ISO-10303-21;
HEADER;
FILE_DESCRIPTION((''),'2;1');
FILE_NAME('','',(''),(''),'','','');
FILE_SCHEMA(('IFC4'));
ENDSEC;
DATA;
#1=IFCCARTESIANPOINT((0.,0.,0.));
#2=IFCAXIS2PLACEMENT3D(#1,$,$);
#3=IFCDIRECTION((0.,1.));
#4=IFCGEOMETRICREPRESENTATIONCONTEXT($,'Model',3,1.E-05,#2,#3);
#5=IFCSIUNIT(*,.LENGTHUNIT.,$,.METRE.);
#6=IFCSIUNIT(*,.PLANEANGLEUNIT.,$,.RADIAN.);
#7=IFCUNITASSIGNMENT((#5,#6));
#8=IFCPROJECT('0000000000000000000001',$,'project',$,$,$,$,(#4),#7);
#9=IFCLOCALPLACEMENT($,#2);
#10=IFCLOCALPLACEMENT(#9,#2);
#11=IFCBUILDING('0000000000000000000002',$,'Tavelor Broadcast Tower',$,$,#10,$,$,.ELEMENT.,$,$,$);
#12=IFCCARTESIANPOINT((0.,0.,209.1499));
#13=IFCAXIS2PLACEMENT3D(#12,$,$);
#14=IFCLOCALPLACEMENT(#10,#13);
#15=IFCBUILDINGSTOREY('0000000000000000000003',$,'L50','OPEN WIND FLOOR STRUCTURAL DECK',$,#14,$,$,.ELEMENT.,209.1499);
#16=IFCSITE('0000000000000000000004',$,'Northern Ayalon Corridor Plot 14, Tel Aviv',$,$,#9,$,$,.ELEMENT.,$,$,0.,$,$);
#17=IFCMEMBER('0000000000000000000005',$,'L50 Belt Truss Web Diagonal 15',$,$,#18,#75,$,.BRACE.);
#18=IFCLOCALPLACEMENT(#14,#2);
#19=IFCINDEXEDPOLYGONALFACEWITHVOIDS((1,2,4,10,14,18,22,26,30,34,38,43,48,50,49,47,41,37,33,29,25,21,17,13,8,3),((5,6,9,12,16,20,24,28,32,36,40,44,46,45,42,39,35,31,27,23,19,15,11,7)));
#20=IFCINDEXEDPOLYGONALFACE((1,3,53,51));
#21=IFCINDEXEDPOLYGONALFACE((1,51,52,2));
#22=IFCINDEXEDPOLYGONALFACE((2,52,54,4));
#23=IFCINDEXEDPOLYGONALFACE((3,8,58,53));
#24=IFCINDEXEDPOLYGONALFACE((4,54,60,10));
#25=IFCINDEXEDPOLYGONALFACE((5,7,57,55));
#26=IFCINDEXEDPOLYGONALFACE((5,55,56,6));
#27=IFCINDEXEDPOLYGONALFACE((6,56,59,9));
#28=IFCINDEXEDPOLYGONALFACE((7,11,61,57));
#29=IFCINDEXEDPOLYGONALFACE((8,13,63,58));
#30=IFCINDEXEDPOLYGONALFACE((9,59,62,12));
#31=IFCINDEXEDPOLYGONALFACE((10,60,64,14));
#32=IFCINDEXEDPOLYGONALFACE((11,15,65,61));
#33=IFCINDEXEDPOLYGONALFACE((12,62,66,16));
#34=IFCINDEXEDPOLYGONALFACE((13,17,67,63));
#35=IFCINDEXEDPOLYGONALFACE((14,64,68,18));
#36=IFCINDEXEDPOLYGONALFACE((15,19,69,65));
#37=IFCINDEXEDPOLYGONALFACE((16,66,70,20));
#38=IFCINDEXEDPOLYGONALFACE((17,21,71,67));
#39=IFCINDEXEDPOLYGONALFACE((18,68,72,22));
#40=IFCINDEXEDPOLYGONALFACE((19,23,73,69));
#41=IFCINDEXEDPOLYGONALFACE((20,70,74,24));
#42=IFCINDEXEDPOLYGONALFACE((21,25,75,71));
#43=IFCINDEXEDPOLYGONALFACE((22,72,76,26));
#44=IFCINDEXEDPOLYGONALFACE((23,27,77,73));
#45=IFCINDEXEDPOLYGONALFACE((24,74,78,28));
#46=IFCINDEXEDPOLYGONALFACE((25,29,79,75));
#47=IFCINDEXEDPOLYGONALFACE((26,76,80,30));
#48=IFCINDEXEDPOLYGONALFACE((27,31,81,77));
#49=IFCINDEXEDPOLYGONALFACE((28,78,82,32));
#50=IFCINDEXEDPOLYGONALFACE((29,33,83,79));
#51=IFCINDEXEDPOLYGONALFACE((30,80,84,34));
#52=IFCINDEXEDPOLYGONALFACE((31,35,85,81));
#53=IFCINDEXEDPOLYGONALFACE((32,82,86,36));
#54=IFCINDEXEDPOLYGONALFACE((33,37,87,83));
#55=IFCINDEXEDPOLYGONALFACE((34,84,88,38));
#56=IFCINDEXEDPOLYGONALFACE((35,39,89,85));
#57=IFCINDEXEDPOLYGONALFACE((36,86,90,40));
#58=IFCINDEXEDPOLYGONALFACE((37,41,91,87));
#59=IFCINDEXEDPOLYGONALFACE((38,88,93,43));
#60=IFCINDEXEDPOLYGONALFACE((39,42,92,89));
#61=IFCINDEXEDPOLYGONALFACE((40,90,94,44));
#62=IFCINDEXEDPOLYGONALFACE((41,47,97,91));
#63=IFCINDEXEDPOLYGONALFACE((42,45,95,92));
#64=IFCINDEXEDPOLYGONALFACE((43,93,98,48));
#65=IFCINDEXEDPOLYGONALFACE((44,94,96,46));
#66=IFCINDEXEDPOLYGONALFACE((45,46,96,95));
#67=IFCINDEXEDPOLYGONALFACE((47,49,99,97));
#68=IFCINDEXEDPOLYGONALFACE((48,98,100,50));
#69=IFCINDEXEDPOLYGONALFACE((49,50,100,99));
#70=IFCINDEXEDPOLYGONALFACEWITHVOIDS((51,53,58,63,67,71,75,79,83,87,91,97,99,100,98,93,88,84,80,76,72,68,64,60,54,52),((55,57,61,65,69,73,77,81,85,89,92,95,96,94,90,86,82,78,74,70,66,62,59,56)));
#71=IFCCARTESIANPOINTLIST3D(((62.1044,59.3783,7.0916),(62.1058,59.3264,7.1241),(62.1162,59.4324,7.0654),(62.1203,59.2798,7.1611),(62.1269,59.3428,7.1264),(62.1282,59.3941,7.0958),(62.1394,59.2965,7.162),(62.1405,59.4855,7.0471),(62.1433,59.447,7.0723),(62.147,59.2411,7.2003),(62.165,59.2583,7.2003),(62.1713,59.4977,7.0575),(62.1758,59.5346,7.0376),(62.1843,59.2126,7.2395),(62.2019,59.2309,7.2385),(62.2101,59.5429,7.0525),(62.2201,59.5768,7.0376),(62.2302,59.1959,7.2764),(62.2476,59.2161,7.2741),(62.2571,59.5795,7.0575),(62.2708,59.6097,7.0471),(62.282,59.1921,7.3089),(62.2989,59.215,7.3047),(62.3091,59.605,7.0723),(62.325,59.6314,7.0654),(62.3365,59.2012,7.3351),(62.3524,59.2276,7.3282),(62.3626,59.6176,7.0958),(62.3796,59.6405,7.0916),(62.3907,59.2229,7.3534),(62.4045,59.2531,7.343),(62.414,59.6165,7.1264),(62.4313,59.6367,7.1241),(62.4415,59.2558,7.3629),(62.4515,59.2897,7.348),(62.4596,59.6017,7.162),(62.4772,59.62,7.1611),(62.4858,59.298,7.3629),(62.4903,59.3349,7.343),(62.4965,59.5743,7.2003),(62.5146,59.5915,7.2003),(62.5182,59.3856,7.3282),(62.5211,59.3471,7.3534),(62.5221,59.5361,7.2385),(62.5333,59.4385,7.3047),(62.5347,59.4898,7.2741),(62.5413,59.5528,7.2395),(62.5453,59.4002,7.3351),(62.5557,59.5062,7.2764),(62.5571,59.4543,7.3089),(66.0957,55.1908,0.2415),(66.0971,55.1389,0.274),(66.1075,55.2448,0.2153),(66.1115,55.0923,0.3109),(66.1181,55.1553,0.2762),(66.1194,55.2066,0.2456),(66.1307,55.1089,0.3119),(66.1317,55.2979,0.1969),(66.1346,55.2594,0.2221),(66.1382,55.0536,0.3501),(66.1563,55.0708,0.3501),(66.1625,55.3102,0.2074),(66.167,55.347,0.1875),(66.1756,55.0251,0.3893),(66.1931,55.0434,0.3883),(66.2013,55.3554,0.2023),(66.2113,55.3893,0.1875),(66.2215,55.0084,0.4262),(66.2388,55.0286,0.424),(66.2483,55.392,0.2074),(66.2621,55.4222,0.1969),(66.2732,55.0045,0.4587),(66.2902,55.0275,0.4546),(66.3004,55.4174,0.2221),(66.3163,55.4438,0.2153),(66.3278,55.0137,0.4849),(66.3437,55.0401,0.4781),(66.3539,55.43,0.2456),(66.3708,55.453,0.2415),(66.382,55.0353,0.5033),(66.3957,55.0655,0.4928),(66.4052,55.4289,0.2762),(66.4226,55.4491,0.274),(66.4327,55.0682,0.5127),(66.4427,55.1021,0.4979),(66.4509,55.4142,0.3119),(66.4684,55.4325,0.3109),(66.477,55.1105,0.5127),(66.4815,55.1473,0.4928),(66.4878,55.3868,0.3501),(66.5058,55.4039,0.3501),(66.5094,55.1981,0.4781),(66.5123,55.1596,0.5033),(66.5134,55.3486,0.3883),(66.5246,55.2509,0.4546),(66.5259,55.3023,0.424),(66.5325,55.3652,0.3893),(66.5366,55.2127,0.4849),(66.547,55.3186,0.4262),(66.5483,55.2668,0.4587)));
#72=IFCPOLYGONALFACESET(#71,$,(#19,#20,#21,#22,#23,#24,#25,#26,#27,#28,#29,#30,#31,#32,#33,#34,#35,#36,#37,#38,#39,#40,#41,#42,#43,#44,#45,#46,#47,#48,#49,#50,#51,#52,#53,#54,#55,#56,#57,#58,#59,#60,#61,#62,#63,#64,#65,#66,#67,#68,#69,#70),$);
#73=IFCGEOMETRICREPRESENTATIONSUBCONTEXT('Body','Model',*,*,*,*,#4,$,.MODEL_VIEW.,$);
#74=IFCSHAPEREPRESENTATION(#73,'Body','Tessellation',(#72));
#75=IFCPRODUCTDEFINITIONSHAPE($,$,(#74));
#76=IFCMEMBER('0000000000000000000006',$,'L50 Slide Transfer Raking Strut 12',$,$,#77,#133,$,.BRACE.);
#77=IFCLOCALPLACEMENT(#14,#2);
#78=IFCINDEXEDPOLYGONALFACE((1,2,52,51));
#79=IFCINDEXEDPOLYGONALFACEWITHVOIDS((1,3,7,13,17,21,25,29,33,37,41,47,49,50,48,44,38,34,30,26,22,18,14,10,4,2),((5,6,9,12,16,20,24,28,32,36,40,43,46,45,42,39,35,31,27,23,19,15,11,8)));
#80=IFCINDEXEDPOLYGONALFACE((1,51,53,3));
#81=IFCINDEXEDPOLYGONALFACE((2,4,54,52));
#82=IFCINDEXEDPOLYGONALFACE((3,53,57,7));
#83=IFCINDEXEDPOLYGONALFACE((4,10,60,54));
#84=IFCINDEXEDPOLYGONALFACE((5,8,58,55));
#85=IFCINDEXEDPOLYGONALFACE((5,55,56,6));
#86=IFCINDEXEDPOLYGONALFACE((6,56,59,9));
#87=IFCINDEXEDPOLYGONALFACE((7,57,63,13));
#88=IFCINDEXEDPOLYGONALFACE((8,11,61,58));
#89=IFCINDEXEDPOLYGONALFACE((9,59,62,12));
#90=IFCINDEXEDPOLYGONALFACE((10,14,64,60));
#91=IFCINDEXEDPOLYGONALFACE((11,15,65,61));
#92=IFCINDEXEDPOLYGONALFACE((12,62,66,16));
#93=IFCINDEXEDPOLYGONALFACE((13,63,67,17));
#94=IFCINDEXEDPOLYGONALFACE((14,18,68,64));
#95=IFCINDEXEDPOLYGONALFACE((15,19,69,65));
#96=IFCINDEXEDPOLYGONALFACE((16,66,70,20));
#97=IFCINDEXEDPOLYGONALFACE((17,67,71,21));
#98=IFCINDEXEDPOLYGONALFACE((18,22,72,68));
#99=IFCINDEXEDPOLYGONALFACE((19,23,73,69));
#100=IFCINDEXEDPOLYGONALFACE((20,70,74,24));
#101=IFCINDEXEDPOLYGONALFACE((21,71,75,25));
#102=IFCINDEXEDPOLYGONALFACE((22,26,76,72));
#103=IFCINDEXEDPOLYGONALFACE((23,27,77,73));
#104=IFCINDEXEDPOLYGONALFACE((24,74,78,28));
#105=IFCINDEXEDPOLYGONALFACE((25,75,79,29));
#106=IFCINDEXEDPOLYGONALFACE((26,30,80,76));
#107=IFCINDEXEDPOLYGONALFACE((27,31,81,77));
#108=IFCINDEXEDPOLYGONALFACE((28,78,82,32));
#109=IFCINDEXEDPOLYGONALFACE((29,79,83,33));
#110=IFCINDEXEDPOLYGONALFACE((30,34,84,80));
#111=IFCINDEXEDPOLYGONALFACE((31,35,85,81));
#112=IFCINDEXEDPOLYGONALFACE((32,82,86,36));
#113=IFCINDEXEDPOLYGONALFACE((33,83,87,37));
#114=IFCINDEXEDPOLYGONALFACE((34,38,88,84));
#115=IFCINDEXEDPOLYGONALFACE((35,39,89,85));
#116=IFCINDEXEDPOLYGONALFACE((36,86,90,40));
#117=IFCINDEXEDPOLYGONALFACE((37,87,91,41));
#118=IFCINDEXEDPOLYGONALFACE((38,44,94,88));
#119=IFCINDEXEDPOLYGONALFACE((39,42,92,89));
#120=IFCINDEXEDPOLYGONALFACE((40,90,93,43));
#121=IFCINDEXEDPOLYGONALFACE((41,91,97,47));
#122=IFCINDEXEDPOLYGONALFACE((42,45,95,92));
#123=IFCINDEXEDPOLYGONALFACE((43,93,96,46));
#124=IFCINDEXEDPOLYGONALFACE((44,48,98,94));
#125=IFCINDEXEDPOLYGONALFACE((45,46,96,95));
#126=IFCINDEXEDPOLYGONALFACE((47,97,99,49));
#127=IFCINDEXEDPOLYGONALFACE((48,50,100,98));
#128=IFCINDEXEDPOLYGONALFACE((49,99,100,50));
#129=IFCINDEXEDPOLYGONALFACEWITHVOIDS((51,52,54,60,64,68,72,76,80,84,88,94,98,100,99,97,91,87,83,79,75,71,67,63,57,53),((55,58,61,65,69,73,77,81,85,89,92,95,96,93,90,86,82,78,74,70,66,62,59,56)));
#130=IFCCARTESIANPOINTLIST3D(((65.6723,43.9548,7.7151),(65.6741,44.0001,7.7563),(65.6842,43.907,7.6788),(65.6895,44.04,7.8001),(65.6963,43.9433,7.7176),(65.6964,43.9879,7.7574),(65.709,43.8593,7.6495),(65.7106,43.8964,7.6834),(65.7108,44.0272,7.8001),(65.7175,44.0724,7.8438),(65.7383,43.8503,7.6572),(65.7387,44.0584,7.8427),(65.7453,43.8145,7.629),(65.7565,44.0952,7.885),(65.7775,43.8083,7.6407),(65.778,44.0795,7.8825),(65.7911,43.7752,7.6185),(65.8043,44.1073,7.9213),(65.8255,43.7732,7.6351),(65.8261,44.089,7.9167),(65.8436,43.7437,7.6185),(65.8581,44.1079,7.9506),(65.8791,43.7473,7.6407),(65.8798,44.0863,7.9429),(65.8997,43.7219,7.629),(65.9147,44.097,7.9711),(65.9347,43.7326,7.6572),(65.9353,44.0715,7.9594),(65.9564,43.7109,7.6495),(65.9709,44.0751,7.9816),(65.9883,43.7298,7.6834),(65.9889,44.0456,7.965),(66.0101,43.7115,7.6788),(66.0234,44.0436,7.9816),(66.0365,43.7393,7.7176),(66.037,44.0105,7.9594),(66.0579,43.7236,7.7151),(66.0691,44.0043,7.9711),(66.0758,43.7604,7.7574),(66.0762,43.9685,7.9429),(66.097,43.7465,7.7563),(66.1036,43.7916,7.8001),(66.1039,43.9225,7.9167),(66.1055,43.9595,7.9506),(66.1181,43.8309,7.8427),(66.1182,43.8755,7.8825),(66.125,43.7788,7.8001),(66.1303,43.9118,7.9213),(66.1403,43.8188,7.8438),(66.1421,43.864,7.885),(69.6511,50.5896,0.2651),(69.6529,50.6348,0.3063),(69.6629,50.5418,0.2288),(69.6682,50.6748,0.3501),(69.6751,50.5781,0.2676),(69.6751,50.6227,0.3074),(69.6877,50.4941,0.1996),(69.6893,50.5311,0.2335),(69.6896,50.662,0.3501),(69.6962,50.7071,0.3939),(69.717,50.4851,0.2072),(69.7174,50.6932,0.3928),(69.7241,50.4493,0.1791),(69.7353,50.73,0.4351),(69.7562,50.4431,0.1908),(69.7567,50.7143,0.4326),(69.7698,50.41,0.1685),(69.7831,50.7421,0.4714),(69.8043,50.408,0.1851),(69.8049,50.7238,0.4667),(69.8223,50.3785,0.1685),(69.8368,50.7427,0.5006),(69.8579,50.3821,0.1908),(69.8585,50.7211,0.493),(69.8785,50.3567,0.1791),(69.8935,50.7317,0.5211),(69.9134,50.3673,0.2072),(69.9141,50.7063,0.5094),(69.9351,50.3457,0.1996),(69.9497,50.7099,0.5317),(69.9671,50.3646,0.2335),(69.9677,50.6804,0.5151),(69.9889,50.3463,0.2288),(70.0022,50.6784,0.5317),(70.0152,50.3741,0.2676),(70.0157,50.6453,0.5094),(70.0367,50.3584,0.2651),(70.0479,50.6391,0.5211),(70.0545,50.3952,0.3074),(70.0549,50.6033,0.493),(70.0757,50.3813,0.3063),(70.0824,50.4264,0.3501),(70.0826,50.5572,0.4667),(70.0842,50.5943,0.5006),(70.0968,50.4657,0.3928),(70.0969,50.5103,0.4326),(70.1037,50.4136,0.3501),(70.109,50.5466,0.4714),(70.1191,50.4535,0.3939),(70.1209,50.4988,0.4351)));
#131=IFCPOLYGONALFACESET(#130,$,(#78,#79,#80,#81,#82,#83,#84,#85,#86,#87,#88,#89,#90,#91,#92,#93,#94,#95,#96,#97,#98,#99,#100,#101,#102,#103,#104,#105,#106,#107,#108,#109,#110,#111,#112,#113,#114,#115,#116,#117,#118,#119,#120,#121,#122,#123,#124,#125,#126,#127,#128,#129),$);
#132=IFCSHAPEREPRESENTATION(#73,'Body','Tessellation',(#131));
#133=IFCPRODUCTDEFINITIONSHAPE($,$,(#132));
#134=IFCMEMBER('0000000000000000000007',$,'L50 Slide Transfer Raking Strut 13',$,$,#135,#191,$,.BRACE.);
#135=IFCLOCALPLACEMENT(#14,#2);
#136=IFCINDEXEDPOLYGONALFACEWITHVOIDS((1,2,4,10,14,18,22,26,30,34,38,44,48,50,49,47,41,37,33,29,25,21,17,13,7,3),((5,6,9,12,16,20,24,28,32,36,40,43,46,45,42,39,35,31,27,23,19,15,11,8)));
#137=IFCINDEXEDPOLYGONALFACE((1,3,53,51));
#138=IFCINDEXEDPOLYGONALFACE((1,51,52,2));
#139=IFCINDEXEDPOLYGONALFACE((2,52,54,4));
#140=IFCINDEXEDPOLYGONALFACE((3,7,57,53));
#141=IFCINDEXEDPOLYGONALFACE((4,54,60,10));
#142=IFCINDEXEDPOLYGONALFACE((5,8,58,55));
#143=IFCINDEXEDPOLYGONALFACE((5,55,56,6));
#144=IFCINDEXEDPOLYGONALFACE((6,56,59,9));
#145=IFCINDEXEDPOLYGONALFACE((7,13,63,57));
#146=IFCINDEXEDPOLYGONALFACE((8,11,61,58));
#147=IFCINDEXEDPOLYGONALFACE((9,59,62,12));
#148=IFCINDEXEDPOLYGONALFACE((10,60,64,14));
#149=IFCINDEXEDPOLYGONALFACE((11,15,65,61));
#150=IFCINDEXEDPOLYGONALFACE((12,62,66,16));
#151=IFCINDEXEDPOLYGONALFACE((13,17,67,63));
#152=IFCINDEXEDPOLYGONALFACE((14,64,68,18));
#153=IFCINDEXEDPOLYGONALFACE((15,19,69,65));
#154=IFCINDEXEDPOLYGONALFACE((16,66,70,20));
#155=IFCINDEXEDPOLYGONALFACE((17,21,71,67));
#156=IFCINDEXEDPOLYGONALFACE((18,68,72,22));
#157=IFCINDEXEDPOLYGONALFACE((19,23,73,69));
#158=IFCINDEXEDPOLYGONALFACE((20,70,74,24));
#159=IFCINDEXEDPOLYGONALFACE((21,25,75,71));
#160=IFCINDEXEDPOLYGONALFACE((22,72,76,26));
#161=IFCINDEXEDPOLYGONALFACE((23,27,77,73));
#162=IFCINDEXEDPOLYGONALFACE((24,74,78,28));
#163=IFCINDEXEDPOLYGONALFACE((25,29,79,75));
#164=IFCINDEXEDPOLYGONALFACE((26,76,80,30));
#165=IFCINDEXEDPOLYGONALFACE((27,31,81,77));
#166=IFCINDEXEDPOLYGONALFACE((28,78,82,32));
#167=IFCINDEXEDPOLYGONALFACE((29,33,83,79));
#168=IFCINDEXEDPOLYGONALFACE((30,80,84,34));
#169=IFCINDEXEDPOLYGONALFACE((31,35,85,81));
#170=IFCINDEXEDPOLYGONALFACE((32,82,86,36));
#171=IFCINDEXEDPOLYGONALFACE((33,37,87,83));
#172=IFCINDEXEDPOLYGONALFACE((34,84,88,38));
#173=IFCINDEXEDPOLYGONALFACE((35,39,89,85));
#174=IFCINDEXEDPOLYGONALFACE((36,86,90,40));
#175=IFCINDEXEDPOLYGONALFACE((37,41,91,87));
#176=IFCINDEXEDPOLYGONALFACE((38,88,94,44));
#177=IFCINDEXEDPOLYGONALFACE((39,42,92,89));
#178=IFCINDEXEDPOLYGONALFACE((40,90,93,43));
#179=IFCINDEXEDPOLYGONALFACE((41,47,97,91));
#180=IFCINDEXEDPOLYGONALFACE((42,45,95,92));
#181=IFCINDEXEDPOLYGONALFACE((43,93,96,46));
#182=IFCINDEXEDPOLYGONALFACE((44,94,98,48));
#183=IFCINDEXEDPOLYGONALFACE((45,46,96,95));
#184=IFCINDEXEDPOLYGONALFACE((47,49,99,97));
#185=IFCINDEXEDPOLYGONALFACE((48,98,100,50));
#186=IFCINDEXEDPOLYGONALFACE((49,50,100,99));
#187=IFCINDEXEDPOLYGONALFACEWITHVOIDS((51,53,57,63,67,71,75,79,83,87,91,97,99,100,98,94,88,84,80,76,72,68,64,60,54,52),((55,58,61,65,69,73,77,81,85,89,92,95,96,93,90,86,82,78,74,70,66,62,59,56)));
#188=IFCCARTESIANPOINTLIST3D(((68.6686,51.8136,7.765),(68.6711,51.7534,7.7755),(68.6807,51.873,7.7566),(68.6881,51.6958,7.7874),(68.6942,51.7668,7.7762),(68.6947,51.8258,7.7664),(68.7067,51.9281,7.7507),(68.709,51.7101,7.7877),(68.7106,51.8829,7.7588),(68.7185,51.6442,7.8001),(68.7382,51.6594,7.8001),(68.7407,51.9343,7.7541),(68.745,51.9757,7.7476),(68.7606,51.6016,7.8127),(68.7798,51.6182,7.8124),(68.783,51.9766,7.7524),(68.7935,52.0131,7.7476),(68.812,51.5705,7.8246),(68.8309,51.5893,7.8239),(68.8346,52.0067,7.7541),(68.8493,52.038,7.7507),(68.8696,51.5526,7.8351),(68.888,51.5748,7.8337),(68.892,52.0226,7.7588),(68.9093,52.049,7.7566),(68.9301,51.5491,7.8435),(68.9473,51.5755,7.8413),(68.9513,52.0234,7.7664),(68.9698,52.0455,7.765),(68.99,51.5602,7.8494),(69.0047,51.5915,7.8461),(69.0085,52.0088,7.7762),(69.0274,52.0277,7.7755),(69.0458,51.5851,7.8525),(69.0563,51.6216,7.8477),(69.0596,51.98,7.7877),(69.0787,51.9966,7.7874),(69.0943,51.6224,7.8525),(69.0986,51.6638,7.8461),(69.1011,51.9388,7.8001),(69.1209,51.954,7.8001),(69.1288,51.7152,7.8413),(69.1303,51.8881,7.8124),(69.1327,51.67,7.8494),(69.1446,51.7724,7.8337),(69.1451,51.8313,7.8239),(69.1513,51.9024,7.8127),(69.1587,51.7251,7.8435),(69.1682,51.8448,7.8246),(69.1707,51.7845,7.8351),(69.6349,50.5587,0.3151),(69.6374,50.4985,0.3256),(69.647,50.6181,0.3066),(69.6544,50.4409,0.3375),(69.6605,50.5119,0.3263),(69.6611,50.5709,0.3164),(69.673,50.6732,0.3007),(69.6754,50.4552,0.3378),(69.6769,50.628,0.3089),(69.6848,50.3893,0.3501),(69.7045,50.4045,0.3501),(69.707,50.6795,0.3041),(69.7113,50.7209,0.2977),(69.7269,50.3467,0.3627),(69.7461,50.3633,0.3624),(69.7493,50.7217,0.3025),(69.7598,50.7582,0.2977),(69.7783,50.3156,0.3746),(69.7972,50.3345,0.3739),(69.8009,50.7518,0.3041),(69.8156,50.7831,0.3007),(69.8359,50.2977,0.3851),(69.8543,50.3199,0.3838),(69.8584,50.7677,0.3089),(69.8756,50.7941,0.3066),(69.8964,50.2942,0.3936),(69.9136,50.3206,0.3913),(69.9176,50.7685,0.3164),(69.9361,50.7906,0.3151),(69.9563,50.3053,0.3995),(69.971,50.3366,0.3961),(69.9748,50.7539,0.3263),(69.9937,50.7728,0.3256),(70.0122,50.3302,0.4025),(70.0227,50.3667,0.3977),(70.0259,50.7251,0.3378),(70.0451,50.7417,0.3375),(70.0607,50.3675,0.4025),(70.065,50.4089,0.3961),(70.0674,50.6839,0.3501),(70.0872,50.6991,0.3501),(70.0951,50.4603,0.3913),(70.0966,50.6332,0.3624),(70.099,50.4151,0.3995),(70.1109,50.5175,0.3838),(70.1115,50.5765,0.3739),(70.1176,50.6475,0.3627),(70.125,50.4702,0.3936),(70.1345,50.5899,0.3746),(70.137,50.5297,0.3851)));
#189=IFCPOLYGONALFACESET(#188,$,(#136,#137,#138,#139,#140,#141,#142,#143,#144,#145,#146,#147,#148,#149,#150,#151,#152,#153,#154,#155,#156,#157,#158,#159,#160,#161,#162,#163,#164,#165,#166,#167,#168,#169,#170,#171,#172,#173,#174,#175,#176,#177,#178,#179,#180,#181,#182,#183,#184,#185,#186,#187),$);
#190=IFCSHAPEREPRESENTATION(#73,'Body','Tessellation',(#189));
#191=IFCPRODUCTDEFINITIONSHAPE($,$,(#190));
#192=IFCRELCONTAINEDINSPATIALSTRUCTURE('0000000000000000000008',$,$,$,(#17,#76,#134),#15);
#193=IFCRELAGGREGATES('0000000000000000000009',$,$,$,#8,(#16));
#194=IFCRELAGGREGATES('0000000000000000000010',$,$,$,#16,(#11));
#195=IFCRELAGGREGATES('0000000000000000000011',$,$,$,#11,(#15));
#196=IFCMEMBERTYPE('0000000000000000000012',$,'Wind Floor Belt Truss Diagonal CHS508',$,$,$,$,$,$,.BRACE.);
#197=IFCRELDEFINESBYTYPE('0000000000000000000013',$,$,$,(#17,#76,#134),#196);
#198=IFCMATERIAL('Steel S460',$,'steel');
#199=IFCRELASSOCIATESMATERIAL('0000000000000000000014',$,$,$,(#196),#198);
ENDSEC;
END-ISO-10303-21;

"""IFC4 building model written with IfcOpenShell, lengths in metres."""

from ifc_helpers import new_model, si_unit, direction, frame, origin, origin_2d, place, context, subcontext, project, spatial, hollow_circle, extrude, material, material_profile, profile_set, type_object, element, save


model = new_model("IFC4")

# Units and contexts
model_context = context("Model", 3, precision=1e-05, world=origin(), true_north=direction((0.0, 1.0)))
body_context = subcontext(model_context, "Body", "Model", "MODEL_VIEW")
ifc_project = project(units=[si_unit("LENGTHUNIT", "METRE"), si_unit("PLANEANGLEUNIT", "RADIAN")], contexts=[model_context])

# Site, building, storey
site_placement = place(None, origin())
site = spatial("IfcSite", under=ifc_project, at=site_placement, Name="Northern Ayalon Corridor Plot 14, Tel Aviv", CompositionType="ELEMENT", RefElevation=0.0)
building_placement = place(site_placement, origin())
building = spatial("IfcBuilding", under=site, at=building_placement, Name="Tavelor Broadcast Tower", CompositionType="ELEMENT")
storey_placement = place(building_placement, frame((0.0, 0.0, 209.1499)))
storey = spatial("IfcBuildingStorey", under=building, at=storey_placement, Name="L50", Description="OPEN WIND FLOOR STRUCTURAL DECK", CompositionType="ELEMENT", Elevation=209.1499)

# Shared definitions
ifc_material_1 = material(Name="Steel S460", Category="steel")

# Members
ifc_material_profile_1 = material_profile(ifc_material_1, hollow_circle(Radius=0.2539, WallThickness=0.0249, at=origin_2d()), Name="CHS 508x25")
ifc_profile_set_1 = profile_set([ifc_material_profile_1], Name="Steel S460")
member_type_1 = type_object("IfcMemberType", Name="Wind Floor Belt Truss Diagonal CHS508", PredefinedType="BRACE", material=ifc_profile_set_1)
member_1_placement = place(storey_placement, frame((66.322, 55.2288, 0.3501), z_axis=(-0.445151, 0.467043, 0.76401), x_axis=(-0.723869, -0.689938, 0.0)))
element("IfcMember", 1, at=member_1_placement, inside=storey, type_object=member_type_1, Name="L50 Belt Truss Web Diagonal 15", PredefinedType="BRACE", context=body_context, shape_type="SweptSolid", body=[
    extrude(hollow_circle(Radius=0.2539, WallThickness=0.0249, at=origin_2d()), origin(), (0.0, 0.0, 1.0), 8.9661),
])
member_2_placement = place(storey_placement, frame((69.886, 50.5442, 0.3501), z_axis=(-0.370454, -0.617749, 0.69365), x_axis=(0.857613, -0.514296, 0.0)))
element("IfcMember", 2, at=member_2_placement, inside=storey, type_object=member_type_1, Name="L50 Slide Transfer Raking Strut 12", PredefinedType="BRACE", context=body_context, shape_type="SweptSolid", body=[
    extrude(hollow_circle(Radius=0.2539, WallThickness=0.0249, at=origin_2d()), origin(), (0.0, 0.0, 1.0), 10.7402),
])
member_3_placement = place(storey_placement, frame((69.886, 50.5442, 0.3501), z_axis=(-0.126871, 0.16476, 0.97814), x_axis=(-0.792314, -0.610113, 0.0)))
element("IfcMember", 3, at=member_3_placement, inside=storey, type_object=member_type_1, Name="L50 Slide Transfer Raking Strut 13", PredefinedType="BRACE", context=body_context, shape_type="SweptSolid", body=[
    extrude(hollow_circle(Radius=0.2539, WallThickness=0.0249, at=origin_2d()), origin(), (0.0, 0.0, 1.0), 7.6165),
])

save(model, "model.ifc")
